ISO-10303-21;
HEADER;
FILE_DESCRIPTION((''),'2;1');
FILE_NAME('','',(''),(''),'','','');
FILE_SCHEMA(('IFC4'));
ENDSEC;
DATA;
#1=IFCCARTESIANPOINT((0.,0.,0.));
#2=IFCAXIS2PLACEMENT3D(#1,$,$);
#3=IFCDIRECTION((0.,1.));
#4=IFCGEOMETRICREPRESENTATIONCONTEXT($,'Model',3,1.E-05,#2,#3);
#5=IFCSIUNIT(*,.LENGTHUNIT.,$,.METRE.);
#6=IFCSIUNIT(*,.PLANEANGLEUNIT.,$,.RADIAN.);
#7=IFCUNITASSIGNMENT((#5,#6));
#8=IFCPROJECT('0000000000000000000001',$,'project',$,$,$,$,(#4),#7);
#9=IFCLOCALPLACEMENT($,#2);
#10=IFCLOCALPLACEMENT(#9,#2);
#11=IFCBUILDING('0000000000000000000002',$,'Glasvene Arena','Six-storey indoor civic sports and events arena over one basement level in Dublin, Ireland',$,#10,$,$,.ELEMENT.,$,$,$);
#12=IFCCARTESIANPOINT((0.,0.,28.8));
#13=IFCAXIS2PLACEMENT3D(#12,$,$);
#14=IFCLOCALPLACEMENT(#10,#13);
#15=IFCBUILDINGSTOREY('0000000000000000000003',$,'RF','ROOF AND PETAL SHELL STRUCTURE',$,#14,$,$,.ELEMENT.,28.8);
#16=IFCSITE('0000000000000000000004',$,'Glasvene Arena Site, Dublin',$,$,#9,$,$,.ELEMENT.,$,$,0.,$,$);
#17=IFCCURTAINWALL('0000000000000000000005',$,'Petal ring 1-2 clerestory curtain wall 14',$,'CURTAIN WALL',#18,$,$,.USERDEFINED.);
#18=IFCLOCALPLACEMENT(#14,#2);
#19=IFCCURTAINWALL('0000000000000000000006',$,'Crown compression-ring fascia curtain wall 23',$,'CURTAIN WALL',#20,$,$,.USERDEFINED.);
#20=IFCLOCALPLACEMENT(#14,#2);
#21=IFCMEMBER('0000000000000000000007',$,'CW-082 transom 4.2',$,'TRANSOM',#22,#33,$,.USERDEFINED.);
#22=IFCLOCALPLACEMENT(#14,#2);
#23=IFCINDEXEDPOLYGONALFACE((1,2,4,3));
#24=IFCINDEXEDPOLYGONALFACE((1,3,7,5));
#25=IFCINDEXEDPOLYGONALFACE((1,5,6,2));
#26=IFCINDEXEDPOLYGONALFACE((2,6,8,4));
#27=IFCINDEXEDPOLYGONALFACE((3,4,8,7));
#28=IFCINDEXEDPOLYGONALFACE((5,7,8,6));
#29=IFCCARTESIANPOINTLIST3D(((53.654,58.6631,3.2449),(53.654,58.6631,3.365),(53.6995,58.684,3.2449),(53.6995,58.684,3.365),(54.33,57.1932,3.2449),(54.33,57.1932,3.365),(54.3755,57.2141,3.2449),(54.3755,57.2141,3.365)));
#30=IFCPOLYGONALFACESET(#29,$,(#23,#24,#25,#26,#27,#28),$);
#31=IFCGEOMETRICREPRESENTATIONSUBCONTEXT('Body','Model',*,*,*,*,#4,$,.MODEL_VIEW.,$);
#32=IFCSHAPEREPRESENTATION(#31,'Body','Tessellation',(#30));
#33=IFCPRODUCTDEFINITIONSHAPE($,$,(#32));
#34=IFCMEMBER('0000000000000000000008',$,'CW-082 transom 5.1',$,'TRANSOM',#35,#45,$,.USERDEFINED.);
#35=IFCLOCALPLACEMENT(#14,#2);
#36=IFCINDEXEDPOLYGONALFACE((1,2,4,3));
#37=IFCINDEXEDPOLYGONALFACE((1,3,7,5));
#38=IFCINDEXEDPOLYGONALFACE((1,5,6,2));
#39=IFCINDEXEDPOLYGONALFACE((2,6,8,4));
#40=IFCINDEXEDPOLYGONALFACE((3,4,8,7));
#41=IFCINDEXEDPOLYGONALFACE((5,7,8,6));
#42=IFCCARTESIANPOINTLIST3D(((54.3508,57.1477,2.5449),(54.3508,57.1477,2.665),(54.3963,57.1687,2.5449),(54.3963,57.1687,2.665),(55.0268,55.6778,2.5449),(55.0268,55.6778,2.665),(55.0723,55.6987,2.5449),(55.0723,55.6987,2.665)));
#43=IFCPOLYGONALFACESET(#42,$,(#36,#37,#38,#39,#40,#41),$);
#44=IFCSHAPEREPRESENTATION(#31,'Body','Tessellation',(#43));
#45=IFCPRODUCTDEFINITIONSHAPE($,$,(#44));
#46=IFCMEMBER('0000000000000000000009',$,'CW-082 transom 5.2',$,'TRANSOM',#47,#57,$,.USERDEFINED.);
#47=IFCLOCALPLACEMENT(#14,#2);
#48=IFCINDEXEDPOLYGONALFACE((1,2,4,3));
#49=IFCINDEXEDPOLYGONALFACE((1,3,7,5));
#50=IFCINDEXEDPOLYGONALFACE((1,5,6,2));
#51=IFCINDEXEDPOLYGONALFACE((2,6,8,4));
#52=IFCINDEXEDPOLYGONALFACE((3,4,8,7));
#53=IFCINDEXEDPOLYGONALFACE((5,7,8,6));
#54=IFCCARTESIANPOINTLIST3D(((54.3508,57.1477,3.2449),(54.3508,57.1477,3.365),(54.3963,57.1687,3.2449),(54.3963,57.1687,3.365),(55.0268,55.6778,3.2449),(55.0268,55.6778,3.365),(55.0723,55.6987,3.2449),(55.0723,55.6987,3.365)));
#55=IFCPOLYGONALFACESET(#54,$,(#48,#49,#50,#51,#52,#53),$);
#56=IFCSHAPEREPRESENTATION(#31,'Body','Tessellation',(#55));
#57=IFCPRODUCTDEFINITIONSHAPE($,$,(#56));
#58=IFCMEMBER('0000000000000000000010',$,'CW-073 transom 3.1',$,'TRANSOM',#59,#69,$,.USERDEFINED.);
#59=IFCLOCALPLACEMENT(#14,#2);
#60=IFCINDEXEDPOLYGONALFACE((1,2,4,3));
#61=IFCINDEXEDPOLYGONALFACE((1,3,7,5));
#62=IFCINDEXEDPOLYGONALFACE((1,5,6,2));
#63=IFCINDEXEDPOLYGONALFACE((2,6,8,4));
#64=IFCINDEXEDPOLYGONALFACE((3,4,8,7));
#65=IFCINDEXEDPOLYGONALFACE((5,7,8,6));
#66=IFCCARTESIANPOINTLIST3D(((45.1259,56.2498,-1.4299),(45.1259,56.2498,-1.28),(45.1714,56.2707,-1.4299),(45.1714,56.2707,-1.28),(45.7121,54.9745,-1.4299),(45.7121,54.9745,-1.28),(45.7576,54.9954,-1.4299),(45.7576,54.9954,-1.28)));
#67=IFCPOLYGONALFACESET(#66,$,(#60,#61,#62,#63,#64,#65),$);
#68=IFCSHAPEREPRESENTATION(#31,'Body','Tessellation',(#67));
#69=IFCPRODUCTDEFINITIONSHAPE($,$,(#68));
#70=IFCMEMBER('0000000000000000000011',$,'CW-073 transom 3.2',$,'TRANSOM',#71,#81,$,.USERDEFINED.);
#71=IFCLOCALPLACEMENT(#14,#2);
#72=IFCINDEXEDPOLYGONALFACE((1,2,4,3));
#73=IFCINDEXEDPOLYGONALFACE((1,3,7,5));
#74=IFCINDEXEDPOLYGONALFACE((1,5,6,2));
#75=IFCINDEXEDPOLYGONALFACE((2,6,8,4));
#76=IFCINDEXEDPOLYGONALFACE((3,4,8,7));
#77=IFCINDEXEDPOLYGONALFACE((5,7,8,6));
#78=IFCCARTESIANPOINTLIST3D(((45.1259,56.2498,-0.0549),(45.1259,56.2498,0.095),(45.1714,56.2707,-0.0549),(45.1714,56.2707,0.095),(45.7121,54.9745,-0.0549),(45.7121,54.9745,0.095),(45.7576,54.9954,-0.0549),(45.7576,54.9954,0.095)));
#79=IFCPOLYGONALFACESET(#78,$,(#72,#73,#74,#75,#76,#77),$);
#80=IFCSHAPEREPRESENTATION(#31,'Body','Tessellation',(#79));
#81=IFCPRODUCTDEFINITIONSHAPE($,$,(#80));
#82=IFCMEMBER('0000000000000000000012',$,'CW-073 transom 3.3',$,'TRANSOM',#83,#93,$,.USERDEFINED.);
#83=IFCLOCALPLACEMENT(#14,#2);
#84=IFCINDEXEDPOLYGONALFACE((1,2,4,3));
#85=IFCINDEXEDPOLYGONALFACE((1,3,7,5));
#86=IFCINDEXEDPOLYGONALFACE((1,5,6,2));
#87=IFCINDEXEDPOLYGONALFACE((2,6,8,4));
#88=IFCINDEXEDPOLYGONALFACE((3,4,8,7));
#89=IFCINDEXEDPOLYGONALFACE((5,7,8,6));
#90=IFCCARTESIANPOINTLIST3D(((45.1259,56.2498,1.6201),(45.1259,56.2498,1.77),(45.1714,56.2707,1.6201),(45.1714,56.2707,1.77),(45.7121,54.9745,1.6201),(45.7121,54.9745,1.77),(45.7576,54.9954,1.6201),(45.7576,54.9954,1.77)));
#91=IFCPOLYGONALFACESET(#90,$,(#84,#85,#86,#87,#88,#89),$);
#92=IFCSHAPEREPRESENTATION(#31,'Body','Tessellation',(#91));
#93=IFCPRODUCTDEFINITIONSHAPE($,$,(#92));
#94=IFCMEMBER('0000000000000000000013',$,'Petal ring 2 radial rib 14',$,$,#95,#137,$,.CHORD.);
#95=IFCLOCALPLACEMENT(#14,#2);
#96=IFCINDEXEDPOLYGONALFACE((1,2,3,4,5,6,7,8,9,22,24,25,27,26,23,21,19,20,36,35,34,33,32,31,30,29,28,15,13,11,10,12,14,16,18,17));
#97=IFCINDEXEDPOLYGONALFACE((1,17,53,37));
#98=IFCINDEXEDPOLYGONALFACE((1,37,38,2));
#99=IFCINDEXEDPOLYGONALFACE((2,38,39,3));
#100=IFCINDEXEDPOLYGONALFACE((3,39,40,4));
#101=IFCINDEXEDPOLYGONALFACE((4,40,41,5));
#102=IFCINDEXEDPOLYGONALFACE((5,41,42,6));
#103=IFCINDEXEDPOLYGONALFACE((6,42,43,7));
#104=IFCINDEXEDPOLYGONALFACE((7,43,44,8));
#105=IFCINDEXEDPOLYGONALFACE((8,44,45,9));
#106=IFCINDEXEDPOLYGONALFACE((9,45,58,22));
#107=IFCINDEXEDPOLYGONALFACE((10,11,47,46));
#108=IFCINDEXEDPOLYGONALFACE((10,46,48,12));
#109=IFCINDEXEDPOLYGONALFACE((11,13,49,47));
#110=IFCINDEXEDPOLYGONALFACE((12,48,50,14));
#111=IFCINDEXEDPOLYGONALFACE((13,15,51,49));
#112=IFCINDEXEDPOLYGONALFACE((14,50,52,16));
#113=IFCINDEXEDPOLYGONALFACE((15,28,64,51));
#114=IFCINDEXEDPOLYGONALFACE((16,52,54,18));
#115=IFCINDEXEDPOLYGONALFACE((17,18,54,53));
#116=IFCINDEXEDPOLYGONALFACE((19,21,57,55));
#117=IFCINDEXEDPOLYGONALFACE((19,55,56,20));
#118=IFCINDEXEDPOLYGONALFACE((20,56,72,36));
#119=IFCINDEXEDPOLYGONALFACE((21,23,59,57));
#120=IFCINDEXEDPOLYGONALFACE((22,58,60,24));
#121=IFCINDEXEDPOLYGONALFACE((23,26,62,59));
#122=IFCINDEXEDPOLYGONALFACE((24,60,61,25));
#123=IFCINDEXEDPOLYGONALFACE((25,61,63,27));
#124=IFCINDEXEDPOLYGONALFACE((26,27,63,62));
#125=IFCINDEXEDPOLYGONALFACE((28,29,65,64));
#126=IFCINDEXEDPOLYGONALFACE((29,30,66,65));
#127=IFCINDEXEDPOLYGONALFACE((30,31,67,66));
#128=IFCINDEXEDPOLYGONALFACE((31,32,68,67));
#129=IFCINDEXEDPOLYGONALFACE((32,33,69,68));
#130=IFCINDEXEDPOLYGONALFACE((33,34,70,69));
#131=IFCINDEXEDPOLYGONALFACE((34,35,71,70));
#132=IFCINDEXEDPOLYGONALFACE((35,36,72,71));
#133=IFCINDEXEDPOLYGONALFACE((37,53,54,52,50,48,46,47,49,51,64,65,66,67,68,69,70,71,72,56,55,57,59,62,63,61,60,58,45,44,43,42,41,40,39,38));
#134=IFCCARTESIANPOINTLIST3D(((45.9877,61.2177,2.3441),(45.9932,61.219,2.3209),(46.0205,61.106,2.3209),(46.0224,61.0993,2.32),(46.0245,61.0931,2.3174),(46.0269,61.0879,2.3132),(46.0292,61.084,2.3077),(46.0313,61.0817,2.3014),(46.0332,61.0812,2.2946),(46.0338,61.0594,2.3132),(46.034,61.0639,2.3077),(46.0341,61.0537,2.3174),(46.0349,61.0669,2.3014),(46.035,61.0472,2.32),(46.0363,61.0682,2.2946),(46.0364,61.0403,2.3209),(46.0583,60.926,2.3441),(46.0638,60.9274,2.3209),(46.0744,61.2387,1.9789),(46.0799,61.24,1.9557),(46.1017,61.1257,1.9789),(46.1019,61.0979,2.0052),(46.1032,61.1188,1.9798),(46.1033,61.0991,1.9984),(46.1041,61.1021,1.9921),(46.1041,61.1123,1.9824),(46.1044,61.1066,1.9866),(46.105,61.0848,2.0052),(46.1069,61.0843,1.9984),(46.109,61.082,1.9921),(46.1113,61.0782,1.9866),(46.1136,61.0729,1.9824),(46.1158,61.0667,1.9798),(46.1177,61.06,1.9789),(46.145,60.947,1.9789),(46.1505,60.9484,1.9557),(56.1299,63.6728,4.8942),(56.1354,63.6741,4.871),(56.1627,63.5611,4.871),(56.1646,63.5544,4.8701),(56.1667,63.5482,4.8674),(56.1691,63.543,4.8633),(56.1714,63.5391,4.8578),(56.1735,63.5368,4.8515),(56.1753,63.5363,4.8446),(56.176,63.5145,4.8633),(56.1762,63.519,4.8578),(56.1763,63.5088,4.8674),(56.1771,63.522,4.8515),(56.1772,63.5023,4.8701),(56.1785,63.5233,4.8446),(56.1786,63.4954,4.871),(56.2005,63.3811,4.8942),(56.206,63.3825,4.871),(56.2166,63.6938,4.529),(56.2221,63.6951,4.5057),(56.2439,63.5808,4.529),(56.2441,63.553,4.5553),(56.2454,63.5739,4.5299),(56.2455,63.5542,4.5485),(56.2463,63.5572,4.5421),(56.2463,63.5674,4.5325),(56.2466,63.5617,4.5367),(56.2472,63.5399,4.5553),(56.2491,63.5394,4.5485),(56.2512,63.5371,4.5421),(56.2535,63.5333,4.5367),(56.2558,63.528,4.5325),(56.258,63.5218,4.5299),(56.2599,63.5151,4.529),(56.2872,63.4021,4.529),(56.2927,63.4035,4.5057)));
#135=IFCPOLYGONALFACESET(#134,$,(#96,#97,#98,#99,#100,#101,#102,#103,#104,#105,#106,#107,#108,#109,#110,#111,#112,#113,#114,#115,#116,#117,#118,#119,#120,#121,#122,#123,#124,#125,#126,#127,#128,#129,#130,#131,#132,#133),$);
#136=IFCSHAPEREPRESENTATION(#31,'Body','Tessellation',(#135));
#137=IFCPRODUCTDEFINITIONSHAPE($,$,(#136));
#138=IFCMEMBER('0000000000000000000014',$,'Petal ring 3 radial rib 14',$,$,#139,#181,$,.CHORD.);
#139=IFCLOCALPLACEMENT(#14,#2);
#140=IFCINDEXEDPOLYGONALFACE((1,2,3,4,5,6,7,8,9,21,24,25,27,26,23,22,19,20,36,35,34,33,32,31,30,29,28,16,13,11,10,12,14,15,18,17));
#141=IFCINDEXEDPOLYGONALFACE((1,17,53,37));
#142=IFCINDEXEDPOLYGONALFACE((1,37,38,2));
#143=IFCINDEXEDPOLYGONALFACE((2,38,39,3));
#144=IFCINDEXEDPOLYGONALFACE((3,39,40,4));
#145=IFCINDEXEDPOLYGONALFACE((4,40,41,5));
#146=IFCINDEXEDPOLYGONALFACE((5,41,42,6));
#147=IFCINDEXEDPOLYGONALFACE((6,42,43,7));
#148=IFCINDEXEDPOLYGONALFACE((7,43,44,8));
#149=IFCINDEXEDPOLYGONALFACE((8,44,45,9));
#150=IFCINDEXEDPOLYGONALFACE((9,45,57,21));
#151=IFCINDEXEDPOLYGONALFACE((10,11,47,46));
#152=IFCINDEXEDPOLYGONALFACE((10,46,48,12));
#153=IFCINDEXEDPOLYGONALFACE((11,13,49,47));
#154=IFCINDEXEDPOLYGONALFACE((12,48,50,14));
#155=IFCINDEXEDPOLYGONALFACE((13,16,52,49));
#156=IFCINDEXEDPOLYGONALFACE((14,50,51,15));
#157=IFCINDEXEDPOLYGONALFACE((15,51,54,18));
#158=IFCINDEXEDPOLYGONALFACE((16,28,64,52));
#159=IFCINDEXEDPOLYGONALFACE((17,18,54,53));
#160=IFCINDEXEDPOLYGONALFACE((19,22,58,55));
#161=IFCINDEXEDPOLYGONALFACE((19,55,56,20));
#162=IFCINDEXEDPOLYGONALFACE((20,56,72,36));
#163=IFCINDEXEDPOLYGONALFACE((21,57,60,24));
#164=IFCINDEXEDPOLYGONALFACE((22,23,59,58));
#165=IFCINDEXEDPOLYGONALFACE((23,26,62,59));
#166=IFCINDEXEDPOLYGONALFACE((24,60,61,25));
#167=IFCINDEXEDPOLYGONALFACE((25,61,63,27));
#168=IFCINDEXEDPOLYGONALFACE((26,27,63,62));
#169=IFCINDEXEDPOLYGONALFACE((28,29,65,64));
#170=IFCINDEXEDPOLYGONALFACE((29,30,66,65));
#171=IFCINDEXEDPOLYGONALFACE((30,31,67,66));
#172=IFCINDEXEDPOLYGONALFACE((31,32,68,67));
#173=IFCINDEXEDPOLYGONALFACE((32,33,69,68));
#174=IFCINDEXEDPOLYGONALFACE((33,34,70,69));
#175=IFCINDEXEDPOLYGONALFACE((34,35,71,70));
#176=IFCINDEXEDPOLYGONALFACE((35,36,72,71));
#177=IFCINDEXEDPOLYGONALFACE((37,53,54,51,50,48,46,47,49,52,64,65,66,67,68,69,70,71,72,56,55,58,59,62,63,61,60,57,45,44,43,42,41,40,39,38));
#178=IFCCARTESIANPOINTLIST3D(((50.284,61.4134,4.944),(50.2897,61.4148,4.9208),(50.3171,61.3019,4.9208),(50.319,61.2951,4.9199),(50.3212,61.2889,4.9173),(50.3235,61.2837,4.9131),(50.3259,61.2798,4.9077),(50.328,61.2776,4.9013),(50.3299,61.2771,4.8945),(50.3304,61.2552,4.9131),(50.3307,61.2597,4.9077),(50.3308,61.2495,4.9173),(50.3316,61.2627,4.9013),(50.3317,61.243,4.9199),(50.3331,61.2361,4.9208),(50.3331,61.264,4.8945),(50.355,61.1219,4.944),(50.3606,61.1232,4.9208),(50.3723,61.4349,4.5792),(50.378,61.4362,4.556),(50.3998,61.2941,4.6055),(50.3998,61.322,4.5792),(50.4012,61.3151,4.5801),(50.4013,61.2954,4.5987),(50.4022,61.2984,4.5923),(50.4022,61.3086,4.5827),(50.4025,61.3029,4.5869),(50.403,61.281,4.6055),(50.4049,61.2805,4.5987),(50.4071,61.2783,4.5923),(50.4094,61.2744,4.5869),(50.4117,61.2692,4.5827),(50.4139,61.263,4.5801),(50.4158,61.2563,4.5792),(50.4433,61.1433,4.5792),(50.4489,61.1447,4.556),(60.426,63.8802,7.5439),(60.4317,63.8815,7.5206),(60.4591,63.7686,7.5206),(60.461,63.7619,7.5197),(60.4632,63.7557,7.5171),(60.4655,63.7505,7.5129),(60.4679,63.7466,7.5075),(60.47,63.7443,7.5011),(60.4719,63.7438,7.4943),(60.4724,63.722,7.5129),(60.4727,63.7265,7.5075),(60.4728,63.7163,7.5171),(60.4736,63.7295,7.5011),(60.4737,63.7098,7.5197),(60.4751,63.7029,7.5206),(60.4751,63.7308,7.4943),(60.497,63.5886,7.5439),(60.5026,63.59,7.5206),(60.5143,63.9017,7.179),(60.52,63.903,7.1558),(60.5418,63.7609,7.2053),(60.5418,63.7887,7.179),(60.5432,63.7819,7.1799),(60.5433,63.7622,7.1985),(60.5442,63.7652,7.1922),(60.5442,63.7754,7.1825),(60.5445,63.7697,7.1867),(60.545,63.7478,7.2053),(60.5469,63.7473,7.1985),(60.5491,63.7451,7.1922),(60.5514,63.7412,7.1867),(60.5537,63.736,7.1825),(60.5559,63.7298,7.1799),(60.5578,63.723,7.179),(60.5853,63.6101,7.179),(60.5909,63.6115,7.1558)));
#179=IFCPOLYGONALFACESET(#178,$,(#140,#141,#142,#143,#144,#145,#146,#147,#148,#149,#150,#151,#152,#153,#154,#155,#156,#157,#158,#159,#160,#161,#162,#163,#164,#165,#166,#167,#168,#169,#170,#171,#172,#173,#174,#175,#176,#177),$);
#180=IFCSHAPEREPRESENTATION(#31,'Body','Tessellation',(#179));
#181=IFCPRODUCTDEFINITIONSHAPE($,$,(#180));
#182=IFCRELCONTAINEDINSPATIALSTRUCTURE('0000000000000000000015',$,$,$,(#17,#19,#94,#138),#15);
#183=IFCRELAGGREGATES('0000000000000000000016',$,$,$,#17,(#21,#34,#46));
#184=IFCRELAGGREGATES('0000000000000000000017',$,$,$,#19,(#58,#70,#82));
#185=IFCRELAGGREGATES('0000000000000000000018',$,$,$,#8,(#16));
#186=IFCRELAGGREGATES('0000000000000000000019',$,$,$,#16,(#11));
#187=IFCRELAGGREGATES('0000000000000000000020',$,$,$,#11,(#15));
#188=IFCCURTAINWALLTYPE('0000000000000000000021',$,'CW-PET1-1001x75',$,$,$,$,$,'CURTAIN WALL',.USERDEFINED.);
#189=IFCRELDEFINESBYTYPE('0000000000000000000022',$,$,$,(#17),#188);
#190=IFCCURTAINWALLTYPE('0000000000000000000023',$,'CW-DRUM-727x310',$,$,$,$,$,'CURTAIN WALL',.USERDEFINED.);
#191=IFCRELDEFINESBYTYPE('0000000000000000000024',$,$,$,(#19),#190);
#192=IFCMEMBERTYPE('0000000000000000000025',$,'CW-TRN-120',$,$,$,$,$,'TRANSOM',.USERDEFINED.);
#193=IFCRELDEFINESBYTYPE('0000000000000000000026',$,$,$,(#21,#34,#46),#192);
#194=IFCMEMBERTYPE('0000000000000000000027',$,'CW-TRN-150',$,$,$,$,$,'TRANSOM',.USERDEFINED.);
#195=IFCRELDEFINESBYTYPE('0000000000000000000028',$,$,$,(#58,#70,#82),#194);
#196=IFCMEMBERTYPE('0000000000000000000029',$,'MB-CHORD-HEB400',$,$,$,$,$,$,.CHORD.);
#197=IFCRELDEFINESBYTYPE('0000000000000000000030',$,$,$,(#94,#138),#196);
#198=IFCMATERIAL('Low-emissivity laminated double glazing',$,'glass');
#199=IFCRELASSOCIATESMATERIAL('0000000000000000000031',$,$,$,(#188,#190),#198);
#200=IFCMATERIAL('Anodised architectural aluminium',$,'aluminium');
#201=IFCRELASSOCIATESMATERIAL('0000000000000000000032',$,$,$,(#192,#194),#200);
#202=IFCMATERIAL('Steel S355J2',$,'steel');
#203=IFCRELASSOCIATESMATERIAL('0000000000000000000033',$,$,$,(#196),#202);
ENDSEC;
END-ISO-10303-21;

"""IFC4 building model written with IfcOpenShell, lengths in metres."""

from ifc_helpers import new_model, si_unit, direction, frame, origin, origin_2d, place, context, subcontext, project, spatial, rectangle, i_section, extrude, material, material_profile, profile_set, type_object, element, aggregate, save


model = new_model("IFC4")

# Units and contexts
model_context = context("Model", 3, precision=1e-05, world=origin(), true_north=direction((0.0, 1.0)))
body_context = subcontext(model_context, "Body", "Model", "MODEL_VIEW")
ifc_project = project(units=[si_unit("LENGTHUNIT", "METRE"), si_unit("PLANEANGLEUNIT", "RADIAN")], contexts=[model_context])

# Site, building, storey
site_placement = place(None, origin())
site = spatial("IfcSite", under=ifc_project, at=site_placement, Name="Glasvene Arena Site, Dublin", CompositionType="ELEMENT", RefElevation=0.0)
building_placement = place(site_placement, origin())
building = spatial("IfcBuilding", under=site, at=building_placement, Name="Glasvene Arena", Description="Six-storey indoor civic sports and events arena over one basement level in Dublin, Ireland", CompositionType="ELEMENT")
storey_placement = place(building_placement, frame((0.0, 0.0, 28.8)))
storey = spatial("IfcBuildingStorey", under=building, at=storey_placement, Name="RF", Description="ROOF AND PETAL SHELL STRUCTURE", CompositionType="ELEMENT", Elevation=28.8)

# Shared definitions
ifc_material_1 = material(Name="Low-emissivity laminated double glazing", Category="glass")
ifc_material_2 = material(Name="Anodised architectural aluminium", Category="aluminium")

# Curtain wall
curtain_wall_type_1 = type_object("IfcCurtainWallType", Name="CW-PET1-1001x75", ElementType="CURTAIN WALL", PredefinedType="USERDEFINED", material=ifc_material_1)
curtain_wall_1_placement = place(storey_placement, frame((51.5759, 63.2424, 0.0)))
curtain_wall_1 = element("IfcCurtainWall", 1, at=curtain_wall_1_placement, inside=storey, type_object=curtain_wall_type_1, Name="Petal ring 1-2 clerestory curtain wall 14", ObjectType="CURTAIN WALL", PredefinedType="USERDEFINED")

# Curtain wall
curtain_wall_type_2 = type_object("IfcCurtainWallType", Name="CW-DRUM-727x310", ElementType="CURTAIN WALL", PredefinedType="USERDEFINED", material=ifc_material_1)
curtain_wall_2_placement = place(storey_placement, frame((43.9241, 58.9243, 0.0)))
curtain_wall_2 = element("IfcCurtainWall", 2, at=curtain_wall_2_placement, inside=storey, type_object=curtain_wall_type_2, Name="Crown compression-ring fascia curtain wall 23", ObjectType="CURTAIN WALL", PredefinedType="USERDEFINED")

# Members
ifc_material_profile_1 = material_profile(ifc_material_2, rectangle(XDim=0.05, YDim=0.1201, at=origin_2d()), Name="ALU TRANSOM 50x120")
ifc_profile_set_1 = profile_set([ifc_material_profile_1], Name="Anodised architectural aluminium")
member_type_1 = type_object("IfcMemberType", Name="CW-TRN-120", ElementType="TRANSOM", PredefinedType="USERDEFINED", material=ifc_profile_set_1)
member_1_placement = place(storey_placement, frame((53.6768, 58.6736, 3.3049), z_axis=(0.417823, -0.908528, 0.0), x_axis=(0.908528, 0.417823, 0.0)))
member_1 = element("IfcMember", 3, at=member_1_placement, type_object=member_type_1, Name="CW-082 transom 4.2", ObjectType="TRANSOM", PredefinedType="USERDEFINED", context=body_context, shape_type="SweptSolid", body=[
    extrude(rectangle(XDim=0.05, YDim=0.1201, at=origin_2d()), origin(), (0.0, 0.0, 1.0), 1.6179),
])
member_2_placement = place(storey_placement, frame((54.3735, 57.1582, 2.605), z_axis=(0.417823, -0.908528, 0.0), x_axis=(0.908528, 0.417823, 0.0)))
member_2 = element("IfcMember", 4, at=member_2_placement, type_object=member_type_1, Name="CW-082 transom 5.1", ObjectType="TRANSOM", PredefinedType="USERDEFINED", context=body_context, shape_type="SweptSolid", body=[
    extrude(rectangle(XDim=0.05, YDim=0.1201, at=origin_2d()), origin(), (0.0, 0.0, 1.0), 1.6179),
])
member_3_placement = place(storey_placement, frame((54.3735, 57.1582, 3.3049), z_axis=(0.417823, -0.908528, 0.0), x_axis=(0.908528, 0.417823, 0.0)))
member_3 = element("IfcMember", 5, at=member_3_placement, type_object=member_type_1, Name="CW-082 transom 5.2", ObjectType="TRANSOM", PredefinedType="USERDEFINED", context=body_context, shape_type="SweptSolid", body=[
    extrude(rectangle(XDim=0.05, YDim=0.1201, at=origin_2d()), origin(), (0.0, 0.0, 1.0), 1.6179),
])
ifc_material_profile_2 = material_profile(ifc_material_2, rectangle(XDim=0.05, YDim=0.1499, at=origin_2d()), Name="ALU TRANSOM 50x150")
ifc_profile_set_2 = profile_set([ifc_material_profile_2], Name="Anodised architectural aluminium")
member_type_2 = type_object("IfcMemberType", Name="CW-TRN-150", ElementType="TRANSOM", PredefinedType="USERDEFINED", material=ifc_profile_set_2)
member_4_placement = place(storey_placement, frame((45.1487, 56.2603, -1.355), z_axis=(0.417613, -0.908625, 0.0), x_axis=(0.908625, 0.417613, 0.0)))
member_4 = element("IfcMember", 6, at=member_4_placement, type_object=member_type_2, Name="CW-073 transom 3.1", ObjectType="TRANSOM", PredefinedType="USERDEFINED", context=body_context, shape_type="SweptSolid", body=[
    extrude(rectangle(XDim=0.05, YDim=0.1499, at=origin_2d()), origin(), (0.0, 0.0, 1.0), 1.4036),
])
member_5_placement = place(storey_placement, frame((45.1487, 56.2603, 0.02), z_axis=(0.417613, -0.908625, 0.0), x_axis=(0.908625, 0.417613, 0.0)))
member_5 = element("IfcMember", 7, at=member_5_placement, type_object=member_type_2, Name="CW-073 transom 3.2", ObjectType="TRANSOM", PredefinedType="USERDEFINED", context=body_context, shape_type="SweptSolid", body=[
    extrude(rectangle(XDim=0.05, YDim=0.1499, at=origin_2d()), origin(), (0.0, 0.0, 1.0), 1.4036),
])
member_6_placement = place(storey_placement, frame((45.1487, 56.2603, 1.6951), z_axis=(0.417613, -0.908625, 0.0), x_axis=(0.908625, 0.417613, 0.0)))
member_6 = element("IfcMember", 8, at=member_6_placement, type_object=member_type_2, Name="CW-073 transom 3.3", ObjectType="TRANSOM", PredefinedType="USERDEFINED", context=body_context, shape_type="SweptSolid", body=[
    extrude(rectangle(XDim=0.05, YDim=0.1499, at=origin_2d()), origin(), (0.0, 0.0, 1.0), 1.4036),
])

# Members
ifc_material_3 = material(Name="Steel S355J2", Category="steel")
ifc_material_profile_3 = material_profile(ifc_material_3, i_section(OverallWidth=0.3, OverallDepth=0.3999, WebThickness=0.0134, FlangeThickness=0.0239, FilletRadius=0.0271, at=origin_2d()), Name="HEB 400")
ifc_profile_set_3 = profile_set([ifc_material_profile_3], Name="Steel S355J2")
member_type_3 = type_object("IfcMemberType", Name="MB-CHORD-HEB400", PredefinedType="CHORD", material=ifc_profile_set_3)
member_7_placement = place(storey_placement, frame((46.0691, 61.083, 2.1499), z_axis=(0.944146, 0.228548, 0.237389), x_axis=(-0.235273, 0.971929, 0.0)))
element("IfcMember", 9, at=member_7_placement, inside=storey, type_object=member_type_3, Name="Petal ring 2 radial rib 14", PredefinedType="CHORD", context=body_context, shape_type="SweptSolid", body=[
    extrude(i_section(OverallWidth=0.3, OverallDepth=0.3999, WebThickness=0.0134, FlangeThickness=0.0239, FilletRadius=0.0271, at=origin_2d()), origin(), (0.0, 0.0, 1.0), 10.7422),
])
member_8_placement = place(storey_placement, frame((50.3665, 61.2791, 4.75), z_axis=(0.942864, 0.229327, 0.241696), x_axis=(-0.236334, 0.971672, 0.0)))
element("IfcMember", 10, at=member_8_placement, inside=storey, type_object=member_type_3, Name="Petal ring 3 radial rib 14", PredefinedType="CHORD", context=body_context, shape_type="SweptSolid", body=[
    extrude(i_section(OverallWidth=0.3, OverallDepth=0.3999, WebThickness=0.0134, FlangeThickness=0.0239, FilletRadius=0.0271, at=origin_2d()), origin(), (0.0, 0.0, 1.0), 10.7566),
])

aggregate(curtain_wall_1, [member_1, member_2, member_3])
aggregate(curtain_wall_2, [member_4, member_5, member_6])

save(model, "model.ifc")
